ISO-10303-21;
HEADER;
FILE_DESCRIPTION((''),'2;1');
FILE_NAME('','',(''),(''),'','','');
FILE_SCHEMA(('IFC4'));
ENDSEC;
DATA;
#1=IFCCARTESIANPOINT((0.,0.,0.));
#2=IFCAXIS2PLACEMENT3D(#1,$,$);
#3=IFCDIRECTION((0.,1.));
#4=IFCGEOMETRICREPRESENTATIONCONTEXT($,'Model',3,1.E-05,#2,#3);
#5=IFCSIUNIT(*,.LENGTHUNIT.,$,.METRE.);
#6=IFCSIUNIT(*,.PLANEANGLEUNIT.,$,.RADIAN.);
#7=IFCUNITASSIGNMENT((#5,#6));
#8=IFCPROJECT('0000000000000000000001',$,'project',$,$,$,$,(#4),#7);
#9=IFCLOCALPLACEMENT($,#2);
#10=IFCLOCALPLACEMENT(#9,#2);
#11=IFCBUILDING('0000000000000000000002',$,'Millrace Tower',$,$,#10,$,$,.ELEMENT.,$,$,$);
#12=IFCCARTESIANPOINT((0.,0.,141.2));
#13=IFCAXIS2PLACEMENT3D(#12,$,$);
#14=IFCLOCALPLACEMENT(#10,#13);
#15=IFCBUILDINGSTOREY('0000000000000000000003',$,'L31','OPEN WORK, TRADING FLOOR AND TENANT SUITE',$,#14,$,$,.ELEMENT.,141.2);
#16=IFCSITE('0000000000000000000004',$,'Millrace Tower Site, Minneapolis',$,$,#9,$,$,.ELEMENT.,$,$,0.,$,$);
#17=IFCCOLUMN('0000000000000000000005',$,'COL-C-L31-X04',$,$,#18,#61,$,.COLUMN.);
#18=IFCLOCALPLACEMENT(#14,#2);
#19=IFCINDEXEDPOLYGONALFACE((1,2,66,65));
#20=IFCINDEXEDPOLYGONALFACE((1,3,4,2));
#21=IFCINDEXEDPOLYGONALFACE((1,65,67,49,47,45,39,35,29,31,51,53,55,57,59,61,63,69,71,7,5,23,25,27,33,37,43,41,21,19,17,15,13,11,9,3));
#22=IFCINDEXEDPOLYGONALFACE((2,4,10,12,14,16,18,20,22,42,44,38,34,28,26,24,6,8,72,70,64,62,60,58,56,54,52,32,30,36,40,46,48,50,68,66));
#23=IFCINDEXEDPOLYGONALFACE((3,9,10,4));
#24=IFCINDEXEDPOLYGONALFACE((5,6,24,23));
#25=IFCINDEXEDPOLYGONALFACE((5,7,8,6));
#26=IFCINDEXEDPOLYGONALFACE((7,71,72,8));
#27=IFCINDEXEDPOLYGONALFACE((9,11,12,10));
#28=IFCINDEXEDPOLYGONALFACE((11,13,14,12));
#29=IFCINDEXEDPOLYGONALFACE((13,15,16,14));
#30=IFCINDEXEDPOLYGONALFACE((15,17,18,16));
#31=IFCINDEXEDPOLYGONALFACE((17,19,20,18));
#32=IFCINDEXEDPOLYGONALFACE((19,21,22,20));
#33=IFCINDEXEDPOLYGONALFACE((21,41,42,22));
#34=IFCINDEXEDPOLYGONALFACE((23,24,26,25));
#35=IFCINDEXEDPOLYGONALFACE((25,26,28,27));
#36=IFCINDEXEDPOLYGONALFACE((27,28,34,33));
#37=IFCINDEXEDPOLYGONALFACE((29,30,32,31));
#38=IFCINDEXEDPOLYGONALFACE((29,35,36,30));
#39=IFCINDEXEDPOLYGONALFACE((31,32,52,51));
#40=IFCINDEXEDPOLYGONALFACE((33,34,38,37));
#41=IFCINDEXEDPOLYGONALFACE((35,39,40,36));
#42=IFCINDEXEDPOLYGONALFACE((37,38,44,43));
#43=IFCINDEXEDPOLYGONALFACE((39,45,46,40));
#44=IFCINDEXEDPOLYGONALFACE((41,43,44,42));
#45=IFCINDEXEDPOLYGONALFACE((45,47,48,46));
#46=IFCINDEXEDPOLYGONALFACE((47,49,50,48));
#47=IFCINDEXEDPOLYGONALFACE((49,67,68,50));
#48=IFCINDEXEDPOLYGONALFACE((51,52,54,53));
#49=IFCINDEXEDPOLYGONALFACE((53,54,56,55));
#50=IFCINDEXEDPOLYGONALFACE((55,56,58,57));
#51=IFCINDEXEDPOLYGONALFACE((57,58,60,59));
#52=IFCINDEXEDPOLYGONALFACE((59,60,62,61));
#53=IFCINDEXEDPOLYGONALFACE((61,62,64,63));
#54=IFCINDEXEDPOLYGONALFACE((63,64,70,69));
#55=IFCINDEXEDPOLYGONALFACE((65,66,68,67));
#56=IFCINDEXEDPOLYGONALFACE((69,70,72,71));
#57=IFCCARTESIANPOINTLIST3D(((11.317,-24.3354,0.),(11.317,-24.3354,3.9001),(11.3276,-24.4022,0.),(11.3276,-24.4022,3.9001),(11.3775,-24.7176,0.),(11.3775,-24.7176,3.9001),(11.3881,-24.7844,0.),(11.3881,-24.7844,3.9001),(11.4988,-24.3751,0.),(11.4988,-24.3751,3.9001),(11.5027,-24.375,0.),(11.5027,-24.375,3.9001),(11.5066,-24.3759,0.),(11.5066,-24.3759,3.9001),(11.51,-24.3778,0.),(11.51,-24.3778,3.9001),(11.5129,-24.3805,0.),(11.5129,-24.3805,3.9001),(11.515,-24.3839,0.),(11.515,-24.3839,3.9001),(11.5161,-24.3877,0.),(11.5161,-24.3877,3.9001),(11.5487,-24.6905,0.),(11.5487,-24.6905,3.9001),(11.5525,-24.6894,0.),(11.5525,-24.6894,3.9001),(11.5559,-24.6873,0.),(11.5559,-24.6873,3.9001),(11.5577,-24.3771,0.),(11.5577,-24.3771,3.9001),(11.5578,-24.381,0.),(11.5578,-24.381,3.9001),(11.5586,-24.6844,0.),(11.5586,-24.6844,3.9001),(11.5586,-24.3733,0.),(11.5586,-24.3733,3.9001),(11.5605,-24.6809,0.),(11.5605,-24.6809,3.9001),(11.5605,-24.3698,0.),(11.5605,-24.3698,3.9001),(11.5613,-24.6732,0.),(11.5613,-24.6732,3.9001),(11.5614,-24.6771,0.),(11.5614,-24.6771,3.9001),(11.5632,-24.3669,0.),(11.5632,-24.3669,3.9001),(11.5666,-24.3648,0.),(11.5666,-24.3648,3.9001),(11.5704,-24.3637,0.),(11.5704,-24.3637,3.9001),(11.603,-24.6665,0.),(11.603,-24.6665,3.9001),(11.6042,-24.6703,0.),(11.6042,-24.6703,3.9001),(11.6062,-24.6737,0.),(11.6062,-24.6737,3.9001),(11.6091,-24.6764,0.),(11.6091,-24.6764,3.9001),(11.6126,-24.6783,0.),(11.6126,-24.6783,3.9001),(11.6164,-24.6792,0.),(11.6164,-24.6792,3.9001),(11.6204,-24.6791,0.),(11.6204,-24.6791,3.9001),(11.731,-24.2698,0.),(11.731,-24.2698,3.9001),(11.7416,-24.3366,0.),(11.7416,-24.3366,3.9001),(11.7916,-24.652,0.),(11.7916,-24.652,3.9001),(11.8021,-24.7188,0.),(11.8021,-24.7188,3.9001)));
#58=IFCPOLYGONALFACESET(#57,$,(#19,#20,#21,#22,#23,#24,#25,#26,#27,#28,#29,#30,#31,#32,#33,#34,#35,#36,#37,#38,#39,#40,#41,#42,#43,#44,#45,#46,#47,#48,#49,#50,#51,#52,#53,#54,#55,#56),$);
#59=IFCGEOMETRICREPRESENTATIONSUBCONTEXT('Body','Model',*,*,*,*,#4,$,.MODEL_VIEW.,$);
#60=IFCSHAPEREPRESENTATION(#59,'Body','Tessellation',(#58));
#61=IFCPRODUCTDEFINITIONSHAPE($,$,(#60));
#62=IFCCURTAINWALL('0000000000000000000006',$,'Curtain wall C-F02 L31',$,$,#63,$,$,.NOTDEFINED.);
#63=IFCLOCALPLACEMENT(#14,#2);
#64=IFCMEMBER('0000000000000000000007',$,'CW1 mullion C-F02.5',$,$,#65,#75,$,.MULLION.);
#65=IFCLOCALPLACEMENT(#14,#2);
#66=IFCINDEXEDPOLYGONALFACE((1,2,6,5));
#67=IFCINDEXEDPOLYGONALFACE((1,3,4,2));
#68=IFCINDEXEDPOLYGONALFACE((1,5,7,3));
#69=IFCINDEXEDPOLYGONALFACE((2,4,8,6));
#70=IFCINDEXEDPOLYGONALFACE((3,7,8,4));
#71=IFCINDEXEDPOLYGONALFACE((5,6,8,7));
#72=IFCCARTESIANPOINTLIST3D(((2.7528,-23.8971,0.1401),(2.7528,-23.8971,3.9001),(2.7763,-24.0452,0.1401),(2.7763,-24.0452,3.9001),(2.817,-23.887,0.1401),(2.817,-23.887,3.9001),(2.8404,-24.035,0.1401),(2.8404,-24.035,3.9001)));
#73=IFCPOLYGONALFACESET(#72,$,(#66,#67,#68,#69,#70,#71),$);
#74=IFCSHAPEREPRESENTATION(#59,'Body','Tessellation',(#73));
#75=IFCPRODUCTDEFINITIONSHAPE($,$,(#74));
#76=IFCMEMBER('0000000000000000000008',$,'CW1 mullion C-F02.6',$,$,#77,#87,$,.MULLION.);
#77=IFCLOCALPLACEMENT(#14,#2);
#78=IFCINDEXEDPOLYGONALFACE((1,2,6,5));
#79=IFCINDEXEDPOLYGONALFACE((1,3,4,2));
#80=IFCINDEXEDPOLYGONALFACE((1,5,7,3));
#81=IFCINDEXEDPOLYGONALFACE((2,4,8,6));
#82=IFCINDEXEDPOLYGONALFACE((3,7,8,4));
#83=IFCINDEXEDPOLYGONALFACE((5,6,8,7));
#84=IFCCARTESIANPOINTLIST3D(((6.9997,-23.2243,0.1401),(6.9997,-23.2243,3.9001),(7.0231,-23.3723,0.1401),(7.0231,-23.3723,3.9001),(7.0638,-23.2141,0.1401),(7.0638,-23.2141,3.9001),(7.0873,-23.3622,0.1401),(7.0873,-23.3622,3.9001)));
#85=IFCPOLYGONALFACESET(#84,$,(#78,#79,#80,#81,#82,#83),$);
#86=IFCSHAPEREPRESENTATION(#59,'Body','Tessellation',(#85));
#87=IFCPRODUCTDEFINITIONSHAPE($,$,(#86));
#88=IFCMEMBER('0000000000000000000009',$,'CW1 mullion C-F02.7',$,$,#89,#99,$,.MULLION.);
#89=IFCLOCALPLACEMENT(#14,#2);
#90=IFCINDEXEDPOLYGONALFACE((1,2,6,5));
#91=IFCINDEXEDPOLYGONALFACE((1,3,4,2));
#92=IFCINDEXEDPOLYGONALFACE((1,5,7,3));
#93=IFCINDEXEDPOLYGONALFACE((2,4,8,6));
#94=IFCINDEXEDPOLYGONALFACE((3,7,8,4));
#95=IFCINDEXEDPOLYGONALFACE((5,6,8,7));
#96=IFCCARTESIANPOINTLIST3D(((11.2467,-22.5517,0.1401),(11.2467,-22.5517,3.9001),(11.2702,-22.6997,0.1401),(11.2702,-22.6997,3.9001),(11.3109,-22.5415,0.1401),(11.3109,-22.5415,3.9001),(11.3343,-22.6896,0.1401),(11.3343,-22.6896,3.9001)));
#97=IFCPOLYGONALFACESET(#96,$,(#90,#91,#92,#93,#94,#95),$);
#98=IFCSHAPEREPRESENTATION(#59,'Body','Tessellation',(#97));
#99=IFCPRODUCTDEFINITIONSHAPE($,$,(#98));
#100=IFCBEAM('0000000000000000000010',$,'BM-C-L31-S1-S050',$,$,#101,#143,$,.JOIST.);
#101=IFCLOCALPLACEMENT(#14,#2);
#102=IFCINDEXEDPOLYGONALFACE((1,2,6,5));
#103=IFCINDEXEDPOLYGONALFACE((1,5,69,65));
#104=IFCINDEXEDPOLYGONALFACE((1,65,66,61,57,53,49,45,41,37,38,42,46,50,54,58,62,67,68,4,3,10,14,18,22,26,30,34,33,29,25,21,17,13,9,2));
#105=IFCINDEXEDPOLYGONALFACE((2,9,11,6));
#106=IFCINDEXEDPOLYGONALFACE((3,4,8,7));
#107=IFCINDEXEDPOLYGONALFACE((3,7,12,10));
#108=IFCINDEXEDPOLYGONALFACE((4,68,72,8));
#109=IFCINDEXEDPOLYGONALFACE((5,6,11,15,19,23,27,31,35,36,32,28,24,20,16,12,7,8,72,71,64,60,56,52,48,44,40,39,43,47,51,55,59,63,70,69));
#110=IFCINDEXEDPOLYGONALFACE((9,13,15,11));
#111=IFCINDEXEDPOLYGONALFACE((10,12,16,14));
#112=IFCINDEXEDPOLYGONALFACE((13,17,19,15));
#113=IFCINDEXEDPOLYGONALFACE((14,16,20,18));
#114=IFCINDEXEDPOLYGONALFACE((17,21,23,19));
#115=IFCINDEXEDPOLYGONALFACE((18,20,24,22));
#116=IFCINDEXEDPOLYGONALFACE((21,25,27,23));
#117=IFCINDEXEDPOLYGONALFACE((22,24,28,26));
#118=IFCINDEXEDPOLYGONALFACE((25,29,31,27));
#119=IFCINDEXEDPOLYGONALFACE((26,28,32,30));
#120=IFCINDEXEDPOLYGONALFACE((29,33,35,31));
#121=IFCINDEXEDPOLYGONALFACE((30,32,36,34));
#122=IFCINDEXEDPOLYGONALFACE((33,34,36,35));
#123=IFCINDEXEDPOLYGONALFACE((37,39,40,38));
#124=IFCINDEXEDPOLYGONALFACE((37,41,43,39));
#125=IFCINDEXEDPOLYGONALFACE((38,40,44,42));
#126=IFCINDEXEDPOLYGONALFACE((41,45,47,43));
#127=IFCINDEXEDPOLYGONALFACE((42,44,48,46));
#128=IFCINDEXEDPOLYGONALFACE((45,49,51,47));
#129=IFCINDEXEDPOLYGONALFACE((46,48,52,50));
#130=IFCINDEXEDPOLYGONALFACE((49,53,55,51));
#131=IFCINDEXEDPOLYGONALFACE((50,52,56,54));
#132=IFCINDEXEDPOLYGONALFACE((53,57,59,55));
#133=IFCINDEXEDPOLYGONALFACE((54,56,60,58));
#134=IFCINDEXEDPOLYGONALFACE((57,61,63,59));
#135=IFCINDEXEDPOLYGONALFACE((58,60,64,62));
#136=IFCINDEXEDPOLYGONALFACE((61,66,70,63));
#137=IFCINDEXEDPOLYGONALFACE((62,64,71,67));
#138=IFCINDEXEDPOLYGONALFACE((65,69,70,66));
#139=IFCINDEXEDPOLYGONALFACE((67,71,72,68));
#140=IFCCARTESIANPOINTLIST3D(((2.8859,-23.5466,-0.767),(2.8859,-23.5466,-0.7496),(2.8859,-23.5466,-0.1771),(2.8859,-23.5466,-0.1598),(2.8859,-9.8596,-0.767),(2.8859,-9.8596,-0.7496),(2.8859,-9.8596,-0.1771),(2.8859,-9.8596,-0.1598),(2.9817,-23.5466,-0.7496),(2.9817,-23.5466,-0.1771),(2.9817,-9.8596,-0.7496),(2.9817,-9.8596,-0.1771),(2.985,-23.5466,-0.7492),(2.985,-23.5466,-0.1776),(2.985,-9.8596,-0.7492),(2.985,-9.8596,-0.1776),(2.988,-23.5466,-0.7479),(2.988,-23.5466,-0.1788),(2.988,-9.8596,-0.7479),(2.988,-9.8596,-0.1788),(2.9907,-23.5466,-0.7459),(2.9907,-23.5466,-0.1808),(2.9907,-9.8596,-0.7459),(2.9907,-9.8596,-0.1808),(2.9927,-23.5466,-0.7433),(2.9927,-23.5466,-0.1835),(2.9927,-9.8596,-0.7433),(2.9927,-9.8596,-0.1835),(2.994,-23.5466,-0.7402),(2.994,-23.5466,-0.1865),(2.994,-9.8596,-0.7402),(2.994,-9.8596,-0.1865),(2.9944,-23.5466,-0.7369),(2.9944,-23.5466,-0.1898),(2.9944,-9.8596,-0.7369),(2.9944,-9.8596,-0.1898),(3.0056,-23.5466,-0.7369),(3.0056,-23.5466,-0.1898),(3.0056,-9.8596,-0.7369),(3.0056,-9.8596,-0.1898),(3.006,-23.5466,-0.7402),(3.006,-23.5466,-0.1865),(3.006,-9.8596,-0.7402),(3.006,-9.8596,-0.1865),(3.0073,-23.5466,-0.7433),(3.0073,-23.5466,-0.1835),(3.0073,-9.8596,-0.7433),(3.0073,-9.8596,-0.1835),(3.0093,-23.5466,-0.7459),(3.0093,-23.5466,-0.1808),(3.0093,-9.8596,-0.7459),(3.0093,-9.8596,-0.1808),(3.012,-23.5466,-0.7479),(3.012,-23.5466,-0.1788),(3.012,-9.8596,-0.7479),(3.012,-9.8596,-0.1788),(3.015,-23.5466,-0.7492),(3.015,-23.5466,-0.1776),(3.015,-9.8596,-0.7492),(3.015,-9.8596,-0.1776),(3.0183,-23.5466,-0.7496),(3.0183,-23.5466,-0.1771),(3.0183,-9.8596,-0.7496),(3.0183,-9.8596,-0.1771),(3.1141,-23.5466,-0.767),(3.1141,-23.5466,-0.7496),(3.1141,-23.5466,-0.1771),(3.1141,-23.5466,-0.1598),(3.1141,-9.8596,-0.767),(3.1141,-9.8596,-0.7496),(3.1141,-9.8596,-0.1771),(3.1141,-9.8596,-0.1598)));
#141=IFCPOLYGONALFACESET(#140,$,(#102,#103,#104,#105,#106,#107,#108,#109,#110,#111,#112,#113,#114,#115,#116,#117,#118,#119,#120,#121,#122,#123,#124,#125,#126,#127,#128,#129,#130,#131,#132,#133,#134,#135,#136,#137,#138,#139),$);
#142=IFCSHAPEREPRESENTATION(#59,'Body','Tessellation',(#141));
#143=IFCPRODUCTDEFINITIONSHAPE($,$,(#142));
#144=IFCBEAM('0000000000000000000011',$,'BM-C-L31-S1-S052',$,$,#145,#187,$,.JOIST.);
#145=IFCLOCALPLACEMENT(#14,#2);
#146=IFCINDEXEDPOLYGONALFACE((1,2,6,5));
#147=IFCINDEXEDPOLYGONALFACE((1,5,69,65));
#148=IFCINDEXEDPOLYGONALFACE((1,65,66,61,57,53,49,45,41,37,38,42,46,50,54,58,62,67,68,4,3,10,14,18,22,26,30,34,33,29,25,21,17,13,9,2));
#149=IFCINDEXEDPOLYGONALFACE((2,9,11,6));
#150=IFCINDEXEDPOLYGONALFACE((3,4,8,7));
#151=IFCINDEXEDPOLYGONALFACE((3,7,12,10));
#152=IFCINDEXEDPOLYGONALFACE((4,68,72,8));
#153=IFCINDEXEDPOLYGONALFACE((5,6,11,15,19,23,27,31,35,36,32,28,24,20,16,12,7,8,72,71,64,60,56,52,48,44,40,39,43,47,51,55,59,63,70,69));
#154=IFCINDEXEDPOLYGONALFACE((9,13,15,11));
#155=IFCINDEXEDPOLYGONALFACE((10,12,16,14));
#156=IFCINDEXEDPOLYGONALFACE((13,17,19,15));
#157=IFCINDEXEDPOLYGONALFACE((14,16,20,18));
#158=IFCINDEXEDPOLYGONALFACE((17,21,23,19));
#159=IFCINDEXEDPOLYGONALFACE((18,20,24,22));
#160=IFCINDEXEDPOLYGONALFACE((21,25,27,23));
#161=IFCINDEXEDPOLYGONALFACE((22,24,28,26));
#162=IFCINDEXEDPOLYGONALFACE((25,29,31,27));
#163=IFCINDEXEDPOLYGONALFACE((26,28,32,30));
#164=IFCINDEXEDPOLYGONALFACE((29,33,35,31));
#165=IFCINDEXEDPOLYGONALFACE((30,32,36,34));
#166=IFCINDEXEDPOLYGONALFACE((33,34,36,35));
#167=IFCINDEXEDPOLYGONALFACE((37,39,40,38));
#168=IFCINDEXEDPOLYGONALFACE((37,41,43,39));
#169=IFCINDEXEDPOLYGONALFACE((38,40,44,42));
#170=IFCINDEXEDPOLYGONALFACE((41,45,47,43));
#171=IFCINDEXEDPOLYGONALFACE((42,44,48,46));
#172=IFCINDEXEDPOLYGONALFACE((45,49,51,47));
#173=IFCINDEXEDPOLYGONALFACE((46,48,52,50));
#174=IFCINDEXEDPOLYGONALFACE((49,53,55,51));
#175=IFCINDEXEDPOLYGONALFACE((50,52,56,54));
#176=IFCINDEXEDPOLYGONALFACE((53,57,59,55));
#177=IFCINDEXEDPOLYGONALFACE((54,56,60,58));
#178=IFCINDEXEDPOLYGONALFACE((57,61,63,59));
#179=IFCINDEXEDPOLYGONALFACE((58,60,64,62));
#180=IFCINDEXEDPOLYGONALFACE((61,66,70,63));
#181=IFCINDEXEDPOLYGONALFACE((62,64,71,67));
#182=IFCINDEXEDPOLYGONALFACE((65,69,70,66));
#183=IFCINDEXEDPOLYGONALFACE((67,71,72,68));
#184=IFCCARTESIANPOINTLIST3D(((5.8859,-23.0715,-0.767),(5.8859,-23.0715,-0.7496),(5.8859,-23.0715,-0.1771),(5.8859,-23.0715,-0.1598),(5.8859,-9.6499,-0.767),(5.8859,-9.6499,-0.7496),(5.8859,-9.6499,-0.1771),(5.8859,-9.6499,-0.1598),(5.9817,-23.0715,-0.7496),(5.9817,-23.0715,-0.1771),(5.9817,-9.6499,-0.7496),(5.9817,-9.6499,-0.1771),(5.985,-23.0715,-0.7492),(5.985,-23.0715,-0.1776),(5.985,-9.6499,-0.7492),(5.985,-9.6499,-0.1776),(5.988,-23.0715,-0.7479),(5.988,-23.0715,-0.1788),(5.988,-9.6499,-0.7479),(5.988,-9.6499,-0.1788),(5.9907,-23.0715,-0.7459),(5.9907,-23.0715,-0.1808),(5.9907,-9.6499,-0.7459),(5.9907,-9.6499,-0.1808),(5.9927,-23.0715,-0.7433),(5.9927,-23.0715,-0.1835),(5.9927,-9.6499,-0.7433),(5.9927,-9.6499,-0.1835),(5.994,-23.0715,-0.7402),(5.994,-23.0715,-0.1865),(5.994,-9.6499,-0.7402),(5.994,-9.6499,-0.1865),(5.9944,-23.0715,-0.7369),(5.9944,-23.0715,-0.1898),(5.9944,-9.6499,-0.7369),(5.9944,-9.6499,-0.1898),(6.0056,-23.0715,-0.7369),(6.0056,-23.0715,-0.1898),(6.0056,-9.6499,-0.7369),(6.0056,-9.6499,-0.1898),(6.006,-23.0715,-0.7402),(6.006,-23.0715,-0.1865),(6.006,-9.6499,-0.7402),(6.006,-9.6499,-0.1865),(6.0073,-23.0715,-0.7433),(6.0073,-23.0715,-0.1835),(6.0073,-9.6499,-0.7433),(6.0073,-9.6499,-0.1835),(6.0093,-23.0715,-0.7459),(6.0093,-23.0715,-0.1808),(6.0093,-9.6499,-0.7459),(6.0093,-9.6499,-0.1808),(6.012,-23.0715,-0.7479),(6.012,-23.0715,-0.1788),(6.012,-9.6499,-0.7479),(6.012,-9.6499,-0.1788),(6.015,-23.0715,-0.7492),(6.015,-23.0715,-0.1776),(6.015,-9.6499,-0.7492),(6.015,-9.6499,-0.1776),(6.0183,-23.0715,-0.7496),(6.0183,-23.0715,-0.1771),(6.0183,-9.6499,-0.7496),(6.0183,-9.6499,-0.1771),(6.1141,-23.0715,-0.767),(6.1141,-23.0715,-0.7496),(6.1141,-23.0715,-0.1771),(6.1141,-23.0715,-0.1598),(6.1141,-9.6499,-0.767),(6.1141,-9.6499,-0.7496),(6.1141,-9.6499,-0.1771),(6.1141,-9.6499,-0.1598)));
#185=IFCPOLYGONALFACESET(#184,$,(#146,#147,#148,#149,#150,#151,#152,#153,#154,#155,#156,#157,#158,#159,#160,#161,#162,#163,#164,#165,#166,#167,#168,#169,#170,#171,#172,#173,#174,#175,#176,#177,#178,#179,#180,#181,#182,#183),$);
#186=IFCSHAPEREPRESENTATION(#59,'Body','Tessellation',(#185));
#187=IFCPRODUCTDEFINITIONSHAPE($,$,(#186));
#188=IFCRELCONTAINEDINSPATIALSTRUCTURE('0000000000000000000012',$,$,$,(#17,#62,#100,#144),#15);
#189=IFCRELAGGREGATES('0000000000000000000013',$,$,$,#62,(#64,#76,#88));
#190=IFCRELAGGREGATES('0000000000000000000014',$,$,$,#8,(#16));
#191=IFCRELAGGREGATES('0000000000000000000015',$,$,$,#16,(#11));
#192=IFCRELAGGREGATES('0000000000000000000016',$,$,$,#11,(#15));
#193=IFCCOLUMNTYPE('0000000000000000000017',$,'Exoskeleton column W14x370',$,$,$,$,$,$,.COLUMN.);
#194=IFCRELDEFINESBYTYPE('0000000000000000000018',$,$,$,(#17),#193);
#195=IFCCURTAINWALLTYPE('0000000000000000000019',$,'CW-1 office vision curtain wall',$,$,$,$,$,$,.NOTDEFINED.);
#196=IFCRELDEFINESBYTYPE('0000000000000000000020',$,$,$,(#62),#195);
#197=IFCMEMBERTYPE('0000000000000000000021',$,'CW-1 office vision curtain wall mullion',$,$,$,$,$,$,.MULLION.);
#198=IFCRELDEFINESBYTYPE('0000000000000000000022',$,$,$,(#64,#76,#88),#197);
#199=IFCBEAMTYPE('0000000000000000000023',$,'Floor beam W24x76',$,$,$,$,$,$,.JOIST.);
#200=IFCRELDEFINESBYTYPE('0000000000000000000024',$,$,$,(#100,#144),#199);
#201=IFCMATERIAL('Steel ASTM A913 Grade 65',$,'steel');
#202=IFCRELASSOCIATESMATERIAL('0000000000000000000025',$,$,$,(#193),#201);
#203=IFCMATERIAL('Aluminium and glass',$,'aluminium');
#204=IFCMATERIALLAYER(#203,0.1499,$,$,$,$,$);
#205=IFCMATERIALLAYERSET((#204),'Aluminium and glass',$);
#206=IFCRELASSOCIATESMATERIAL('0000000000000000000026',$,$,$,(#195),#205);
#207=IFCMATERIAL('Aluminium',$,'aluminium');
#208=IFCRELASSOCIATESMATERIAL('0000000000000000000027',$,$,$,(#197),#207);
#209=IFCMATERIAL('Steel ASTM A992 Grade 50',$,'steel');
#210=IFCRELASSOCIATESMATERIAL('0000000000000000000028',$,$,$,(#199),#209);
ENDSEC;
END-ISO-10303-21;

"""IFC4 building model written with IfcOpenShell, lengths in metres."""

from ifc_helpers import new_model, si_unit, direction, frame, origin, origin_2d, place, context, subcontext, project, spatial, rectangle, i_section, extrude, material, layer, layer_set, material_profile, profile_set, type_object, element, aggregate, save


model = new_model("IFC4")

# Units and contexts
model_context = context("Model", 3, precision=1e-05, world=origin(), true_north=direction((0.0, 1.0)))
body_context = subcontext(model_context, "Body", "Model", "MODEL_VIEW")
ifc_project = project(units=[si_unit("LENGTHUNIT", "METRE"), si_unit("PLANEANGLEUNIT", "RADIAN")], contexts=[model_context])

# Site, building, storey
site_placement = place(None, origin())
site = spatial("IfcSite", under=ifc_project, at=site_placement, Name="Millrace Tower Site, Minneapolis", CompositionType="ELEMENT", RefElevation=0.0)
building_placement = place(site_placement, origin())
building = spatial("IfcBuilding", under=site, at=building_placement, Name="Millrace Tower", CompositionType="ELEMENT")
storey_placement = place(building_placement, frame((0.0, 0.0, 141.2)))
storey = spatial("IfcBuildingStorey", under=building, at=storey_placement, Name="L31", Description="OPEN WORK, TRADING FLOOR AND TENANT SUITE", CompositionType="ELEMENT", Elevation=141.2)

# Column
ifc_material_1 = material(Name="Steel ASTM A913 Grade 65", Category="steel")
ifc_material_profile_1 = material_profile(ifc_material_1, i_section(OverallWidth=0.4192, OverallDepth=0.4546, WebThickness=0.0422, FlangeThickness=0.0676, FilletRadius=0.0151, at=origin_2d()))
ifc_profile_set_1 = profile_set([ifc_material_profile_1], Name="Steel ASTM A913 Grade 65")
column_type = type_object("IfcColumnType", Name="Exoskeleton column W14x370", PredefinedType="COLUMN", material=ifc_profile_set_1)
column_placement = place(storey_placement, frame((11.5596, -24.5271, 0.0), z_axis=(0.0, 0.0, 1.0), x_axis=(0.987688, 0.156434, 0.0)))
element("IfcColumn", 1, at=column_placement, inside=storey, type_object=column_type, Name="COL-C-L31-X04", PredefinedType="COLUMN", context=body_context, shape_type="SweptSolid", body=[
    extrude(i_section(OverallWidth=0.4192, OverallDepth=0.4546, WebThickness=0.0422, FlangeThickness=0.0676, FilletRadius=0.0151, at=origin_2d()), origin(), (0.0, 0.0, 1.0), 3.9001),
])

# Curtain wall, members
ifc_material_2 = material(Name="Aluminium and glass", Category="aluminium")
ifc_layer_1 = layer(ifc_material_2, 0.1499)
ifc_layer_set_1 = layer_set([ifc_layer_1], Name="Aluminium and glass")
curtain_wall_type = type_object("IfcCurtainWallType", Name="CW-1 office vision curtain wall", PredefinedType="NOTDEFINED", material=ifc_layer_set_1)
placement = place(storey_placement, origin())
curtain_wall = element("IfcCurtainWall", 2, at=placement, inside=storey, type_object=curtain_wall_type, Name="Curtain wall C-F02 L31", PredefinedType="NOTDEFINED")
ifc_material_3 = material(Name="Aluminium", Category="aluminium")
ifc_material_profile_2 = material_profile(ifc_material_3, rectangle(XDim=0.0649, YDim=0.1499, at=origin_2d()))
ifc_profile_set_2 = profile_set([ifc_material_profile_2], Name="Aluminium")
member_type = type_object("IfcMemberType", Name="CW-1 office vision curtain wall mullion", PredefinedType="MULLION", material=ifc_profile_set_2)
member_1_placement = place(storey_placement, frame((2.7966, -23.9661, 0.1401), z_axis=(0.0, 0.0, 1.0), x_axis=(0.987688, 0.156434, 0.0)))
member_1 = element("IfcMember", 3, at=member_1_placement, type_object=member_type, Name="CW1 mullion C-F02.5", PredefinedType="MULLION", context=body_context, shape_type="SweptSolid", body=[
    extrude(rectangle(XDim=0.0649, YDim=0.1499, at=origin_2d()), origin(), (0.0, 0.0, 1.0), 3.76),
])
member_2_placement = place(storey_placement, frame((7.0435, -23.2932, 0.1401), z_axis=(0.0, 0.0, 1.0), x_axis=(0.987688, 0.156434, 0.0)))
member_2 = element("IfcMember", 4, at=member_2_placement, type_object=member_type, Name="CW1 mullion C-F02.6", PredefinedType="MULLION", context=body_context, shape_type="SweptSolid", body=[
    extrude(rectangle(XDim=0.0649, YDim=0.1499, at=origin_2d()), origin(), (0.0, 0.0, 1.0), 3.76),
])
member_3_placement = place(storey_placement, frame((11.2905, -22.6206, 0.1401), z_axis=(0.0, 0.0, 1.0), x_axis=(0.987688, 0.156434, 0.0)))
member_3 = element("IfcMember", 5, at=member_3_placement, type_object=member_type, Name="CW1 mullion C-F02.7", PredefinedType="MULLION", context=body_context, shape_type="SweptSolid", body=[
    extrude(rectangle(XDim=0.0649, YDim=0.1499, at=origin_2d()), origin(), (0.0, 0.0, 1.0), 3.76),
])
aggregate(curtain_wall, [member_1, member_2, member_3])

# Beams
ifc_material_4 = material(Name="Steel ASTM A992 Grade 50", Category="steel")
ifc_material_profile_3 = material_profile(ifc_material_4, i_section(OverallWidth=0.2283, OverallDepth=0.6072, WebThickness=0.0112, FlangeThickness=0.0173, FilletRadius=0.0127, at=origin_2d()))
ifc_profile_set_3 = profile_set([ifc_material_profile_3], Name="Steel ASTM A992 Grade 50")
beam_type_1 = type_object("IfcBeamType", Name="Floor beam W24x76", PredefinedType="JOIST", material=ifc_profile_set_3)
beam_1_placement = place(storey_placement, frame((3.0, -23.5466, -0.4634), z_axis=(0.0, 1.0, 0.0), x_axis=(-1.0, 0.0, 0.0)))
element("IfcBeam", 6, at=beam_1_placement, inside=storey, type_object=beam_type_1, Name="BM-C-L31-S1-S050", PredefinedType="JOIST", context=body_context, shape_type="SweptSolid", body=[
    extrude(i_section(OverallWidth=0.2283, OverallDepth=0.6072, WebThickness=0.0112, FlangeThickness=0.0173, FilletRadius=0.0127, at=origin_2d()), origin(), (0.0, 0.0, 1.0), 13.687),
])
beam_2_placement = place(storey_placement, frame((6.0, -23.0715, -0.4634), z_axis=(0.0, 1.0, 0.0), x_axis=(-1.0, 0.0, 0.0)))
element("IfcBeam", 7, at=beam_2_placement, inside=storey, type_object=beam_type_1, Name="BM-C-L31-S1-S052", PredefinedType="JOIST", context=body_context, shape_type="SweptSolid", body=[
    extrude(i_section(OverallWidth=0.2283, OverallDepth=0.6072, WebThickness=0.0112, FlangeThickness=0.0173, FilletRadius=0.0127, at=origin_2d()), origin(), (0.0, 0.0, 1.0), 13.4216),
])

save(model, "model.ifc")
